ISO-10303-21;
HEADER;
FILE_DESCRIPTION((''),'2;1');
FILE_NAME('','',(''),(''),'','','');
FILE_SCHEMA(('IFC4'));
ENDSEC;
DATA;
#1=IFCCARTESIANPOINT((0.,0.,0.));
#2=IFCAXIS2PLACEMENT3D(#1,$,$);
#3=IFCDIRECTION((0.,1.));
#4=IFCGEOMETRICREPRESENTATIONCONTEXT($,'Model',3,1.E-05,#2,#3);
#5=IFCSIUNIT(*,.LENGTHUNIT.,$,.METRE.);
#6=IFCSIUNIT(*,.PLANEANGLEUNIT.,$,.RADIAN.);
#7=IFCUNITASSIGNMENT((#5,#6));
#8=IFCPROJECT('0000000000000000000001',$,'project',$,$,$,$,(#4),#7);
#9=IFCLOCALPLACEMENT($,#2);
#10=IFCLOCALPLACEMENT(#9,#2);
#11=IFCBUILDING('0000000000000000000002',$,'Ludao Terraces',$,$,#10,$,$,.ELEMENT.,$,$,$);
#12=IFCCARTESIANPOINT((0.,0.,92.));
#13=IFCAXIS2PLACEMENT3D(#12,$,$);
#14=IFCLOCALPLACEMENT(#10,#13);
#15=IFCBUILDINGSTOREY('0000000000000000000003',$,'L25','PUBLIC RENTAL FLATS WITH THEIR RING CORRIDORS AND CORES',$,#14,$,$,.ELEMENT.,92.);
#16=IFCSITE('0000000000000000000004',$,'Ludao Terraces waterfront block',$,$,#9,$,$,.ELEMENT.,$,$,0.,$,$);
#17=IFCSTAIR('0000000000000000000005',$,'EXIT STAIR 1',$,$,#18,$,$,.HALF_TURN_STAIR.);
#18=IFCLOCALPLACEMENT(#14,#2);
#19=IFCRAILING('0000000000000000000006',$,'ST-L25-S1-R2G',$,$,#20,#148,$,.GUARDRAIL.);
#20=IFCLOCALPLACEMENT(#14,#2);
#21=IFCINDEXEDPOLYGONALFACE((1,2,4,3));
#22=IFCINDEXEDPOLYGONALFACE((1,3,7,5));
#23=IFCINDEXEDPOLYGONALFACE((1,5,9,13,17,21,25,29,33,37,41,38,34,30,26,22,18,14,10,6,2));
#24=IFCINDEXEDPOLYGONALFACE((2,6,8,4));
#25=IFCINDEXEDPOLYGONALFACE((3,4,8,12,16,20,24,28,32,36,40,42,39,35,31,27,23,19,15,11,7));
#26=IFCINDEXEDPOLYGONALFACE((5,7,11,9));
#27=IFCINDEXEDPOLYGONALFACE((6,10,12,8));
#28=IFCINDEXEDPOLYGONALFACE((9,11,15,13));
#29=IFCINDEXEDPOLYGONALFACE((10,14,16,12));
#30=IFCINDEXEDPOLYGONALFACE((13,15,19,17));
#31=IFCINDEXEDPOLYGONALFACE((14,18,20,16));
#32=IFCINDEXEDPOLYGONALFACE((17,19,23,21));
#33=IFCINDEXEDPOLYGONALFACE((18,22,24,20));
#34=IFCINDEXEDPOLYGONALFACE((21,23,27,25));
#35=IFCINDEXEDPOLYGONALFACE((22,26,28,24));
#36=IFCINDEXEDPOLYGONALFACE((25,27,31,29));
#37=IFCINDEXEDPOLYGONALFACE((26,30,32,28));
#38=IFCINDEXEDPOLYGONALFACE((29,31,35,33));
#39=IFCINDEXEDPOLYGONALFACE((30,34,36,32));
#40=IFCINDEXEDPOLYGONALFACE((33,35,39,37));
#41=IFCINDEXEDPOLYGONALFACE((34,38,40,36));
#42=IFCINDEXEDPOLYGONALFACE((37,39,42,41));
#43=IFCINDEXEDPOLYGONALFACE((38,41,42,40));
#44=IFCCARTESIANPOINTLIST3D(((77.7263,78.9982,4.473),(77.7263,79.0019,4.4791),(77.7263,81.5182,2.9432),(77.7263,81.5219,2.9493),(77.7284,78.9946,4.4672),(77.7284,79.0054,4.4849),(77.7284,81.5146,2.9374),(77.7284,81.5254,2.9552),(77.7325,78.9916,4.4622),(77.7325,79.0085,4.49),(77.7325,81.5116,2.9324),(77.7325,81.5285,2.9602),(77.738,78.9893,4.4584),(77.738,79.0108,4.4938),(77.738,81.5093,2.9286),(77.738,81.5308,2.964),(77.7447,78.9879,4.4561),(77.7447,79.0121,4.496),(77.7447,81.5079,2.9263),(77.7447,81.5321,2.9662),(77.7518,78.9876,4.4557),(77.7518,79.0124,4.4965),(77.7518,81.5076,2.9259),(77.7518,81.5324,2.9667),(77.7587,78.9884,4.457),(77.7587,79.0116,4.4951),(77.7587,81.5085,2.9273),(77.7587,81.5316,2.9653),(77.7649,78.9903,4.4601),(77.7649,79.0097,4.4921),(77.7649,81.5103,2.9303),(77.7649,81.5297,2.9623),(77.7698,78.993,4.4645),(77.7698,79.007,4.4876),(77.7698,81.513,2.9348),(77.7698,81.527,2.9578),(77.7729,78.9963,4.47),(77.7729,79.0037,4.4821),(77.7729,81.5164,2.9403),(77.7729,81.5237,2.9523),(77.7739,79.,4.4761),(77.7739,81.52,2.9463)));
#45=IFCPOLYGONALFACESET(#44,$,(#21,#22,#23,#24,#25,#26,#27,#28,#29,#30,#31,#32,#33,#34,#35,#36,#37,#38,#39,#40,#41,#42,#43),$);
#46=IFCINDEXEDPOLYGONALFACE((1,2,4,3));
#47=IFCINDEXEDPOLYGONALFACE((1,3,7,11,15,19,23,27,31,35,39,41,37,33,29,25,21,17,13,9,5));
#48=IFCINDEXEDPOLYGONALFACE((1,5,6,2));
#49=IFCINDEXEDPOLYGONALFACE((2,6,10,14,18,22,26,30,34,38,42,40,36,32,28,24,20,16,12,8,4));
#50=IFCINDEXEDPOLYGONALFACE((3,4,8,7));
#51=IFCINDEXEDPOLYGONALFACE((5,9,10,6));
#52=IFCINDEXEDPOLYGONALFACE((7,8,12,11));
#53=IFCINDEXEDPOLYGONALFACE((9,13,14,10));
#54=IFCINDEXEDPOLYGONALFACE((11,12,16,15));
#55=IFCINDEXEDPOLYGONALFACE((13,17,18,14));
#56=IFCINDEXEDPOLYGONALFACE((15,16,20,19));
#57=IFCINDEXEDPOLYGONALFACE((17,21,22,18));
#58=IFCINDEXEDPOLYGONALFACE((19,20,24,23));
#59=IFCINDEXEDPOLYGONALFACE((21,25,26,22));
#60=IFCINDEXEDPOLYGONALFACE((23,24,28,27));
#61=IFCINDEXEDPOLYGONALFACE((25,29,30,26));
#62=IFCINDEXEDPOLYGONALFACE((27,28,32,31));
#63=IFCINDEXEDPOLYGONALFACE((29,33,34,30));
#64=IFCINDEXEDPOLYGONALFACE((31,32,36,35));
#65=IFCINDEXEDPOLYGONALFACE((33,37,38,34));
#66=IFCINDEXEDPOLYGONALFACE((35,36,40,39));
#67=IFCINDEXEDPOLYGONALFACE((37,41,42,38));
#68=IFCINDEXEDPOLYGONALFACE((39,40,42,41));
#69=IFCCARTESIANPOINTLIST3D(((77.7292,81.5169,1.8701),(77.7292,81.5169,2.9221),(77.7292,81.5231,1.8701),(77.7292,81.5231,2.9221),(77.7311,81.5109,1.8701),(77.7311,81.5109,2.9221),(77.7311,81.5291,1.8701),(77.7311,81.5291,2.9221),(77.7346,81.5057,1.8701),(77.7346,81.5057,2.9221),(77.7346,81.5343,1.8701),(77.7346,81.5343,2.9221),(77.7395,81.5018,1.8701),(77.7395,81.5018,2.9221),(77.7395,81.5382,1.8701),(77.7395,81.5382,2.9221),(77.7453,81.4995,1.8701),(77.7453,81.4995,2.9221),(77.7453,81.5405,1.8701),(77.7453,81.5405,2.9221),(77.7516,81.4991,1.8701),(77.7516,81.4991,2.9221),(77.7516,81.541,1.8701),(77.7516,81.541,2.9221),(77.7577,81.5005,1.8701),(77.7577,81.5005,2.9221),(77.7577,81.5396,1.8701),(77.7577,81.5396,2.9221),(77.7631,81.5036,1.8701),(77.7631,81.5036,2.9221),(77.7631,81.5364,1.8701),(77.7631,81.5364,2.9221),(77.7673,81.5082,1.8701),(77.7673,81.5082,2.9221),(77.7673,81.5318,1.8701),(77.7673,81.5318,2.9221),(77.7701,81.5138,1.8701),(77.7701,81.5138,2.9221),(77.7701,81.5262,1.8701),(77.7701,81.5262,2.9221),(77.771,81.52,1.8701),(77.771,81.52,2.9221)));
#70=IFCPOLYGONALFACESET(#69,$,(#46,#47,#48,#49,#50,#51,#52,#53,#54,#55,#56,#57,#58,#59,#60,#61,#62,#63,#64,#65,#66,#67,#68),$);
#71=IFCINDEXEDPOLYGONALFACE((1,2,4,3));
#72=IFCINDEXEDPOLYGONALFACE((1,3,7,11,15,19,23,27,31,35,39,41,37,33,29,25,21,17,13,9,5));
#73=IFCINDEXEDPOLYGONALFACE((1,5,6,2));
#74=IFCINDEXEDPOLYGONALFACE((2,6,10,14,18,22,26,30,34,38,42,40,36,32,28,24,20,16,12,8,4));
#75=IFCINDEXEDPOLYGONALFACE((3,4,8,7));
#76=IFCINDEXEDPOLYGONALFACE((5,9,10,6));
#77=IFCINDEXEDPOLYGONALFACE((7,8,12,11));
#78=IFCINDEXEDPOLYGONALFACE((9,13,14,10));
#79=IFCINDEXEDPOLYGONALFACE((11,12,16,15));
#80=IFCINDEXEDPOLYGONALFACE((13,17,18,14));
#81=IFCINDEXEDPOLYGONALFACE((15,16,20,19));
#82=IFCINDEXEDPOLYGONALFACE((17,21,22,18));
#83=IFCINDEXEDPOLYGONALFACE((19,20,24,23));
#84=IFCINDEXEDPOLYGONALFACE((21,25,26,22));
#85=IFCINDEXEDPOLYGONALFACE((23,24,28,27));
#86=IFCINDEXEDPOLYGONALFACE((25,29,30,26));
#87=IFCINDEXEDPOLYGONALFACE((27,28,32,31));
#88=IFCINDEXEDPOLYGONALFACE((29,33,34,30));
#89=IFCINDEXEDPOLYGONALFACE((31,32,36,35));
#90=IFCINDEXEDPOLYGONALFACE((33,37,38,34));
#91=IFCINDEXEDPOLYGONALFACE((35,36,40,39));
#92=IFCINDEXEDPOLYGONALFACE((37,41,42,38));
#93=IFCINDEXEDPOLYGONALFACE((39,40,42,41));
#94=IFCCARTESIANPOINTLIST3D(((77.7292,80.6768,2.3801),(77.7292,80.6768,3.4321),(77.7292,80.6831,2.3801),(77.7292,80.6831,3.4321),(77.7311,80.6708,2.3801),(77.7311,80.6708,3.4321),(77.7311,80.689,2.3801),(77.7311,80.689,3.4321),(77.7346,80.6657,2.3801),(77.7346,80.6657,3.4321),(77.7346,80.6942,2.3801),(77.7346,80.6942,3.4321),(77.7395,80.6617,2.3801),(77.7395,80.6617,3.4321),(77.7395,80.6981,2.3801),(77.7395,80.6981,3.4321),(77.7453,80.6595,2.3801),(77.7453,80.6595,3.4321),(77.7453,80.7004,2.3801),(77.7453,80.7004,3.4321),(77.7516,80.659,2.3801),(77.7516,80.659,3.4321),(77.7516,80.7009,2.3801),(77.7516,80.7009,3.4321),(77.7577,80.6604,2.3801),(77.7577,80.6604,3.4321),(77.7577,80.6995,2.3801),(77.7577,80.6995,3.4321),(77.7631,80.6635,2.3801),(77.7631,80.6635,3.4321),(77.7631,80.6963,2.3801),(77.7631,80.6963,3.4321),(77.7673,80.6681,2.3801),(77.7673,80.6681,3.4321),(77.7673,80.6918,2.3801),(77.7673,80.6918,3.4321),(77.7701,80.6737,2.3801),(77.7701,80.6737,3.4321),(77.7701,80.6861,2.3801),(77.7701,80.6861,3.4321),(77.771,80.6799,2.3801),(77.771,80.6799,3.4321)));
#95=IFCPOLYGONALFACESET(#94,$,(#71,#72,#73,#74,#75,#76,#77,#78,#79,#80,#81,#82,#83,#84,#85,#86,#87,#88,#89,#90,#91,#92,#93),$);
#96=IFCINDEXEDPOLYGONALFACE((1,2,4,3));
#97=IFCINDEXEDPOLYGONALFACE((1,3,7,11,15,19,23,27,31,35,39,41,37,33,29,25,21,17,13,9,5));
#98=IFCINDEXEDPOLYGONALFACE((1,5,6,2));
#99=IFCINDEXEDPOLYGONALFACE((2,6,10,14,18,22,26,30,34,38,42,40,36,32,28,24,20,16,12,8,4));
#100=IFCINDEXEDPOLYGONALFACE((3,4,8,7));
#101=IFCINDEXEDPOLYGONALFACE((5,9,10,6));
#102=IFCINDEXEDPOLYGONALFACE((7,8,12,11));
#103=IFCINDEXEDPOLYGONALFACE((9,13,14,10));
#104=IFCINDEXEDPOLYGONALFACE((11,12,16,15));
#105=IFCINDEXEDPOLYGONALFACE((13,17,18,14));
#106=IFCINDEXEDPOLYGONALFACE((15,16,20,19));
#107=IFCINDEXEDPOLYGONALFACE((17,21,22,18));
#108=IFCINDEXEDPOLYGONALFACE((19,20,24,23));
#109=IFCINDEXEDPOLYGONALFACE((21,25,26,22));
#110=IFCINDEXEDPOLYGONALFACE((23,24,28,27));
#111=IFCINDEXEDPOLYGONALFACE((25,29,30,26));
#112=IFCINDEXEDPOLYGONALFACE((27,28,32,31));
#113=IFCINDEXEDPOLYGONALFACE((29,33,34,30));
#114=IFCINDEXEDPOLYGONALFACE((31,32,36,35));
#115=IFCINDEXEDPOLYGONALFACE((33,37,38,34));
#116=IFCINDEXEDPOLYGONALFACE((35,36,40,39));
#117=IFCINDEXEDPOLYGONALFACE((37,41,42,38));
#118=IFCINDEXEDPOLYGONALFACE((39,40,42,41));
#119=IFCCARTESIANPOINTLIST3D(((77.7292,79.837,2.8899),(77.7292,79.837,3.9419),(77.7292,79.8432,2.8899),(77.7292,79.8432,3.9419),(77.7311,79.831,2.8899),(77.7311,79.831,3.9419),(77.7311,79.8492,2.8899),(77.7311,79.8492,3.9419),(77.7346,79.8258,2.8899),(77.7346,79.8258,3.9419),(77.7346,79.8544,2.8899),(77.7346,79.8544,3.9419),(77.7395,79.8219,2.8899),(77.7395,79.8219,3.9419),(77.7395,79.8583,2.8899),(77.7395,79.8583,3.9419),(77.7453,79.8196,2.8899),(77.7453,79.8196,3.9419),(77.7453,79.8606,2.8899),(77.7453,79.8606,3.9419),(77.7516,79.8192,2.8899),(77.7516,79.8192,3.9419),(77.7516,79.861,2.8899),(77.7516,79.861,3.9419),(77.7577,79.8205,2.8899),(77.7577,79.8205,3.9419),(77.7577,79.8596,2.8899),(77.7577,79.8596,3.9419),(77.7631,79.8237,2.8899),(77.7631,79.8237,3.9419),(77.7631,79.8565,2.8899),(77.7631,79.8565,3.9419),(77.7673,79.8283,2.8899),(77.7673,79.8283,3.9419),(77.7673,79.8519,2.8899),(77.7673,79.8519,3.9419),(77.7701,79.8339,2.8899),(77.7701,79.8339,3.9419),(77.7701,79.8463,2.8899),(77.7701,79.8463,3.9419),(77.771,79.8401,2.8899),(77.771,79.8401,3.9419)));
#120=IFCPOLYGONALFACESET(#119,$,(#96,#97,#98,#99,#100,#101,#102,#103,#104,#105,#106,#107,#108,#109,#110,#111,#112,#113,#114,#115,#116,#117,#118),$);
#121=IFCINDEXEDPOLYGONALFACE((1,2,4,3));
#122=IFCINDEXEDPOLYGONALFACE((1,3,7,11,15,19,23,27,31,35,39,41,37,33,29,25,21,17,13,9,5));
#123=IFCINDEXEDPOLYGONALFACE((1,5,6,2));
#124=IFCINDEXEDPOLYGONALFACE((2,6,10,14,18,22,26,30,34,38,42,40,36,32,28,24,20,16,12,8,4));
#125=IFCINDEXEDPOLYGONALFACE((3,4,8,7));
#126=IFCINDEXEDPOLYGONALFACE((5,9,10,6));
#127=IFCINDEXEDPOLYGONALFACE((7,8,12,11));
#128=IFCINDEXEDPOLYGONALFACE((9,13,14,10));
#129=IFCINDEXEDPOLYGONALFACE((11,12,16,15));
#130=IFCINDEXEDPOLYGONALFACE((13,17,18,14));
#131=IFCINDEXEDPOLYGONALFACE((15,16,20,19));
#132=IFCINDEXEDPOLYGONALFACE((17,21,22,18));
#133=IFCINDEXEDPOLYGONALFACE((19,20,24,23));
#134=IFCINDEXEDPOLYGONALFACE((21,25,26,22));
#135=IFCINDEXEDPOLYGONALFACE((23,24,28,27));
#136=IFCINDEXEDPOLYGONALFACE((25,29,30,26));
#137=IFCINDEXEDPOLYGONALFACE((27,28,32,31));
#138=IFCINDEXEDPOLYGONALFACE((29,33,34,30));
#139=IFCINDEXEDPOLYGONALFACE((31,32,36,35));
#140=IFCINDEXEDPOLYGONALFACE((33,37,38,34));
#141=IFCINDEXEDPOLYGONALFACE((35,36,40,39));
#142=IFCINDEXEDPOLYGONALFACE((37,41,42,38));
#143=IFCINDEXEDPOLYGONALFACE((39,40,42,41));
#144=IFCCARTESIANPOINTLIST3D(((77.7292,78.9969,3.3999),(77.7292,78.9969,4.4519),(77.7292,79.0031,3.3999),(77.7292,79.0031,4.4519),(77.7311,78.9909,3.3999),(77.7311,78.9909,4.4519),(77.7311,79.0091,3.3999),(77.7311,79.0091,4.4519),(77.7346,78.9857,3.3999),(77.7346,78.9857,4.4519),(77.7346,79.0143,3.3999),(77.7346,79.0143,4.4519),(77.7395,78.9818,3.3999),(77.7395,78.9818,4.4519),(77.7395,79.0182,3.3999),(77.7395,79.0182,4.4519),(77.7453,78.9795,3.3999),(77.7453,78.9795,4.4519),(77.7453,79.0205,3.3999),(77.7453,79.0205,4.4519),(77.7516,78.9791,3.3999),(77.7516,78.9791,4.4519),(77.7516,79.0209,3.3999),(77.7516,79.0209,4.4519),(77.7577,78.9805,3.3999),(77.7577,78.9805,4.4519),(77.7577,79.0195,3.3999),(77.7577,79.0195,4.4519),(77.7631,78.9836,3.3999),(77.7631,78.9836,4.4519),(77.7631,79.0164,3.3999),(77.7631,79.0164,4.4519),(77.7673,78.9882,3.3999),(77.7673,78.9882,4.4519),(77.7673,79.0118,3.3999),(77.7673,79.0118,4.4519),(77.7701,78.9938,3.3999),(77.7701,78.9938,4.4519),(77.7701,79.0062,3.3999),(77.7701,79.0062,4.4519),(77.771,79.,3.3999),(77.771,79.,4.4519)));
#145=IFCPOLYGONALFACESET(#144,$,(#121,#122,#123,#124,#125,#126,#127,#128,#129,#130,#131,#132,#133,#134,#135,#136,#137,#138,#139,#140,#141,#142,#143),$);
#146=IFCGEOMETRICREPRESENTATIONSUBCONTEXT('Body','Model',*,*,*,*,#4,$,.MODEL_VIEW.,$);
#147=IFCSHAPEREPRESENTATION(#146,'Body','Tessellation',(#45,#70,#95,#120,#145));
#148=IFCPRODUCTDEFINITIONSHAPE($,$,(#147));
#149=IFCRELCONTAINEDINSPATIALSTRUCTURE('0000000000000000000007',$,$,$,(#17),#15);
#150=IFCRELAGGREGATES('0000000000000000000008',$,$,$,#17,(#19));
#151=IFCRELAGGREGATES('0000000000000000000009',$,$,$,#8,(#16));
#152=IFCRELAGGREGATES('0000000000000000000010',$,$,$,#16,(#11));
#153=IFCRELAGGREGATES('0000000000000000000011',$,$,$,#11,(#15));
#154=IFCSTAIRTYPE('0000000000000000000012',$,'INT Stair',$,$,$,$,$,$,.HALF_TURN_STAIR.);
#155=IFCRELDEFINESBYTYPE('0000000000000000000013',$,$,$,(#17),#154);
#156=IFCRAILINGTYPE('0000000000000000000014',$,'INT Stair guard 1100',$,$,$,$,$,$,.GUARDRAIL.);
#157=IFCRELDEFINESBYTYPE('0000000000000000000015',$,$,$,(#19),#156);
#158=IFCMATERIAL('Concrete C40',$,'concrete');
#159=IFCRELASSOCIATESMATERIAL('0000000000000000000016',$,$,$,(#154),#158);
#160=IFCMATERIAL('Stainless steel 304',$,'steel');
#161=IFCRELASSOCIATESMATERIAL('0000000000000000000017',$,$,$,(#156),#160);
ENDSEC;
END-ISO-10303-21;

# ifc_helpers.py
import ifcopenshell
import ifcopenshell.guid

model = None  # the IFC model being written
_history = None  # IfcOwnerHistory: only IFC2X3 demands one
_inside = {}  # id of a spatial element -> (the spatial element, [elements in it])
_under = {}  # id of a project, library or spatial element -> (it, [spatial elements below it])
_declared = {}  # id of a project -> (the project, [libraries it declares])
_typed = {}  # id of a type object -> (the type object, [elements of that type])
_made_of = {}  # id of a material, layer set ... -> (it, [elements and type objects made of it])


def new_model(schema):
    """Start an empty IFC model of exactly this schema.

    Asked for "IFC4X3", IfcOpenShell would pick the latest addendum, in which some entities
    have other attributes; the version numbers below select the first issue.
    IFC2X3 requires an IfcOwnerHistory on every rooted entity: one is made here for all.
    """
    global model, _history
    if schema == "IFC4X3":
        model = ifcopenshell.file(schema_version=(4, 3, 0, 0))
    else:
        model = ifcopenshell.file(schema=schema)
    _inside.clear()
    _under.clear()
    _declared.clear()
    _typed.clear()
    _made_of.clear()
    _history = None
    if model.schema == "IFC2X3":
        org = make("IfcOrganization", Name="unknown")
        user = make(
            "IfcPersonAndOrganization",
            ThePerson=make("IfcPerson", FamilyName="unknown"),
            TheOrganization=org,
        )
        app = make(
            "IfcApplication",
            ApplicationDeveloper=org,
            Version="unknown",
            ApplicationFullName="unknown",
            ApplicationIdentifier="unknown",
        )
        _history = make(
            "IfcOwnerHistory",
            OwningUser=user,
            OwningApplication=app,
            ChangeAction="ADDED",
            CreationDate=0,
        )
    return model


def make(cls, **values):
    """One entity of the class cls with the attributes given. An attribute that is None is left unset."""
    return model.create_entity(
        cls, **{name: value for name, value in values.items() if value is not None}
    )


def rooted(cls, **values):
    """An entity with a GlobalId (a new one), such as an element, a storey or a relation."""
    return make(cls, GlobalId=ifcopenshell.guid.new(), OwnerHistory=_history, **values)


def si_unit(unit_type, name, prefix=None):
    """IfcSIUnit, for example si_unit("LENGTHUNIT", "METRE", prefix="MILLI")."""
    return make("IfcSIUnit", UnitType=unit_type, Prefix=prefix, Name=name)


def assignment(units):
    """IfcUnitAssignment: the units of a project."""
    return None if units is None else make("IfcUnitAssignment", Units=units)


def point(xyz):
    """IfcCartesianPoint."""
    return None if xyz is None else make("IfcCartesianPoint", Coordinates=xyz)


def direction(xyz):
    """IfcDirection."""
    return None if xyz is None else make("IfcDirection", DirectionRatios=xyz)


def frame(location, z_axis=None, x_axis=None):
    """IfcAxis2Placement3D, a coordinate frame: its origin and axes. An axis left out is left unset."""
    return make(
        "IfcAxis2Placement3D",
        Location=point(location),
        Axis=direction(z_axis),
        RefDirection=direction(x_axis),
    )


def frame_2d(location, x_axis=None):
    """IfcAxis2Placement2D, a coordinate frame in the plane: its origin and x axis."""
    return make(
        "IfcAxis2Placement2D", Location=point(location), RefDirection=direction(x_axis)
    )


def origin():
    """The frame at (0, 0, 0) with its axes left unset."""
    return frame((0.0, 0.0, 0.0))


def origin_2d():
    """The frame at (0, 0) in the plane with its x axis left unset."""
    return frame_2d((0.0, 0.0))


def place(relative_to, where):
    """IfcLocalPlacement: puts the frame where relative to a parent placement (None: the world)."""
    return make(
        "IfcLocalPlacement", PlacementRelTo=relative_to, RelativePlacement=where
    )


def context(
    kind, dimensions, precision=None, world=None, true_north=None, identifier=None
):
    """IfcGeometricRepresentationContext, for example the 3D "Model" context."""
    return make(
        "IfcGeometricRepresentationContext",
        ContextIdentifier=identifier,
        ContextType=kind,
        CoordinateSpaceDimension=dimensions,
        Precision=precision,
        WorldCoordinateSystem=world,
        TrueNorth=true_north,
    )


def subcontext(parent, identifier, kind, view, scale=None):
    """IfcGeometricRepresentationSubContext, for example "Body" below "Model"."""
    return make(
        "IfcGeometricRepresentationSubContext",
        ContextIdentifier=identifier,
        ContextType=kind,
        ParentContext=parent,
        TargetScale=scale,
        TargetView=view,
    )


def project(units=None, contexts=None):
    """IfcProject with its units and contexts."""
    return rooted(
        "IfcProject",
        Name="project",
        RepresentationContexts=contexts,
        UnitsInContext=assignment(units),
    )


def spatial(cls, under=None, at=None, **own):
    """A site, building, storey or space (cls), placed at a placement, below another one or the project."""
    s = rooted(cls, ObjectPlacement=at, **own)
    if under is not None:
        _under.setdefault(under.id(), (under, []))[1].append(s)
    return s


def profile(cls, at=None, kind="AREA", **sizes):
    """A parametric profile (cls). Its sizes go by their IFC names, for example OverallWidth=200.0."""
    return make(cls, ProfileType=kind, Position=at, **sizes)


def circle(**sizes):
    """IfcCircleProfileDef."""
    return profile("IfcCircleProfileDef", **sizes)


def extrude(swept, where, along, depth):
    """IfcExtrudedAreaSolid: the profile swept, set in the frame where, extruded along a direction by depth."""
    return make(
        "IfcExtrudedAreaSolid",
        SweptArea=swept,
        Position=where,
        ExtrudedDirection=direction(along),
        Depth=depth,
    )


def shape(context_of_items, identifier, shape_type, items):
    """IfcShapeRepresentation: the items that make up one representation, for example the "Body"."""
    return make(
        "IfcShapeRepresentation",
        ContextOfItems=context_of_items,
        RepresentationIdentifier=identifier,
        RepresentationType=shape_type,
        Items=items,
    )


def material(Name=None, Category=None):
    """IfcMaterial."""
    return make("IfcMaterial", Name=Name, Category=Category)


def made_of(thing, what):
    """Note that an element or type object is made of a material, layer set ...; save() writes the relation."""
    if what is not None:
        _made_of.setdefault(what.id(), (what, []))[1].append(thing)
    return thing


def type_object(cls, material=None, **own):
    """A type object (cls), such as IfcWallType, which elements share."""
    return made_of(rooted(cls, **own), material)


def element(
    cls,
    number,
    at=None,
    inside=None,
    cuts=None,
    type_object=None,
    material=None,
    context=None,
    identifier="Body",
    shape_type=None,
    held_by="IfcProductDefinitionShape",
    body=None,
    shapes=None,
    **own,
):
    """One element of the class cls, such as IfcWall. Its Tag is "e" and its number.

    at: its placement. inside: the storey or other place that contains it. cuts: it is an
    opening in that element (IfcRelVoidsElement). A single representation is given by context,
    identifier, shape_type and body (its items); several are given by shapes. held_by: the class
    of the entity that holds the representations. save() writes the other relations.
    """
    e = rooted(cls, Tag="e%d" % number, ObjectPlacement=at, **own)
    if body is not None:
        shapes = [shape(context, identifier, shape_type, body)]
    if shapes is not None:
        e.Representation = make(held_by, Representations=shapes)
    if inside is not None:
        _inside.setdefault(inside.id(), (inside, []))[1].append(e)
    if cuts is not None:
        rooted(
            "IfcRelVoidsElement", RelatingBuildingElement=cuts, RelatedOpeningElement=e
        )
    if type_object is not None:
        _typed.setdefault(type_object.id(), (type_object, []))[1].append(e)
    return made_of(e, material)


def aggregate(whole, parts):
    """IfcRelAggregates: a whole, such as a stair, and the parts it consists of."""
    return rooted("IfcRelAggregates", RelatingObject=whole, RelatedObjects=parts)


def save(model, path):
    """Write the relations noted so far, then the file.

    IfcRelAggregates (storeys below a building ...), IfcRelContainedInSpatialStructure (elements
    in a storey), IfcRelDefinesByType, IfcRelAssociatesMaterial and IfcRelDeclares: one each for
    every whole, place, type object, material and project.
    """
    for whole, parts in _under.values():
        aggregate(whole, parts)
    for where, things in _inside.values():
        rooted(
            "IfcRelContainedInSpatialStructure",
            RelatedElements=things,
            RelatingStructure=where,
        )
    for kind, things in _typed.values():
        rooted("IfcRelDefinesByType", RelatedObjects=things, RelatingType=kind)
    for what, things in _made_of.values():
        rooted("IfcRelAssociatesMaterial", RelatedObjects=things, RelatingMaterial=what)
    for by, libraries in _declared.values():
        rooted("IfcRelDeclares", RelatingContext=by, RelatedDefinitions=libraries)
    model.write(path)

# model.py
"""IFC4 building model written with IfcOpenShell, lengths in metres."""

from ifc_helpers import new_model, si_unit, direction, frame, origin, origin_2d, place, context, subcontext, project, spatial, circle, extrude, material, type_object, element, aggregate, save


model = new_model("IFC4")

# Units and contexts
model_context = context("Model", 3, precision=1e-05, world=origin(), true_north=direction((0.0, 1.0)))
body_context = subcontext(model_context, "Body", "Model", "MODEL_VIEW")
ifc_project = project(units=[si_unit("LENGTHUNIT", "METRE"), si_unit("PLANEANGLEUNIT", "RADIAN")], contexts=[model_context])

# Site, building, storey
site_placement = place(None, origin())
site = spatial("IfcSite", under=ifc_project, at=site_placement, Name="Ludao Terraces waterfront block", CompositionType="ELEMENT", RefElevation=0.0)
building_placement = place(site_placement, origin())
building = spatial("IfcBuilding", under=site, at=building_placement, Name="Ludao Terraces", CompositionType="ELEMENT")
storey_placement = place(building_placement, frame((0.0, 0.0, 92.0)))
storey = spatial("IfcBuildingStorey", under=building, at=storey_placement, Name="L25", Description="PUBLIC RENTAL FLATS WITH THEIR RING CORRIDORS AND CORES", CompositionType="ELEMENT", Elevation=92.0)

# Shared definitions
ifc_material_1 = material(Name="Stainless steel 304", Category="steel")

# Stair, railing
ifc_material_2 = material(Name="Concrete C40", Category="concrete")
stair_type = type_object("IfcStairType", Name="INT Stair", PredefinedType="HALF_TURN_STAIR", material=ifc_material_2)
stair_placement = place(storey_placement, origin())
stair = element("IfcStair", 1, at=stair_placement, inside=storey, type_object=stair_type, Name="EXIT STAIR 1", PredefinedType="HALF_TURN_STAIR")
railing_type_1 = type_object("IfcRailingType", Name="INT Stair guard 1100", PredefinedType="GUARDRAIL", material=ifc_material_1)
railing_1_placement = place(storey_placement, frame((77.75, 81.52, 1.8701)))
railing_1 = element("IfcRailing", 2, at=railing_1_placement, type_object=railing_type_1, Name="ST-L25-S1-R2G", PredefinedType="GUARDRAIL", context=body_context, shape_type="SweptSolid", body=[
    extrude(circle(Radius=0.0239, at=origin_2d()), frame((0.0, 0.0, 1.0762), z_axis=(0.0, -0.854822, 0.518922), x_axis=(1.0, 0.0, 0.0)), (0.0, 0.0, 1.0), 2.948),
    extrude(circle(Radius=0.021, at=origin_2d()), origin(), (0.0, 0.0, 1.0), 1.052),
    extrude(circle(Radius=0.021, at=origin_2d()), frame((0.0, -0.8401, 0.51)), (0.0, 0.0, 1.0), 1.052),
    extrude(circle(Radius=0.021, at=origin_2d()), frame((0.0, -1.6799, 1.0198)), (0.0, 0.0, 1.0), 1.052),
    extrude(circle(Radius=0.021, at=origin_2d()), frame((0.0, -2.52, 1.5298)), (0.0, 0.0, 1.0), 1.052),
])
aggregate(stair, [railing_1])

save(model, "model.ifc")
